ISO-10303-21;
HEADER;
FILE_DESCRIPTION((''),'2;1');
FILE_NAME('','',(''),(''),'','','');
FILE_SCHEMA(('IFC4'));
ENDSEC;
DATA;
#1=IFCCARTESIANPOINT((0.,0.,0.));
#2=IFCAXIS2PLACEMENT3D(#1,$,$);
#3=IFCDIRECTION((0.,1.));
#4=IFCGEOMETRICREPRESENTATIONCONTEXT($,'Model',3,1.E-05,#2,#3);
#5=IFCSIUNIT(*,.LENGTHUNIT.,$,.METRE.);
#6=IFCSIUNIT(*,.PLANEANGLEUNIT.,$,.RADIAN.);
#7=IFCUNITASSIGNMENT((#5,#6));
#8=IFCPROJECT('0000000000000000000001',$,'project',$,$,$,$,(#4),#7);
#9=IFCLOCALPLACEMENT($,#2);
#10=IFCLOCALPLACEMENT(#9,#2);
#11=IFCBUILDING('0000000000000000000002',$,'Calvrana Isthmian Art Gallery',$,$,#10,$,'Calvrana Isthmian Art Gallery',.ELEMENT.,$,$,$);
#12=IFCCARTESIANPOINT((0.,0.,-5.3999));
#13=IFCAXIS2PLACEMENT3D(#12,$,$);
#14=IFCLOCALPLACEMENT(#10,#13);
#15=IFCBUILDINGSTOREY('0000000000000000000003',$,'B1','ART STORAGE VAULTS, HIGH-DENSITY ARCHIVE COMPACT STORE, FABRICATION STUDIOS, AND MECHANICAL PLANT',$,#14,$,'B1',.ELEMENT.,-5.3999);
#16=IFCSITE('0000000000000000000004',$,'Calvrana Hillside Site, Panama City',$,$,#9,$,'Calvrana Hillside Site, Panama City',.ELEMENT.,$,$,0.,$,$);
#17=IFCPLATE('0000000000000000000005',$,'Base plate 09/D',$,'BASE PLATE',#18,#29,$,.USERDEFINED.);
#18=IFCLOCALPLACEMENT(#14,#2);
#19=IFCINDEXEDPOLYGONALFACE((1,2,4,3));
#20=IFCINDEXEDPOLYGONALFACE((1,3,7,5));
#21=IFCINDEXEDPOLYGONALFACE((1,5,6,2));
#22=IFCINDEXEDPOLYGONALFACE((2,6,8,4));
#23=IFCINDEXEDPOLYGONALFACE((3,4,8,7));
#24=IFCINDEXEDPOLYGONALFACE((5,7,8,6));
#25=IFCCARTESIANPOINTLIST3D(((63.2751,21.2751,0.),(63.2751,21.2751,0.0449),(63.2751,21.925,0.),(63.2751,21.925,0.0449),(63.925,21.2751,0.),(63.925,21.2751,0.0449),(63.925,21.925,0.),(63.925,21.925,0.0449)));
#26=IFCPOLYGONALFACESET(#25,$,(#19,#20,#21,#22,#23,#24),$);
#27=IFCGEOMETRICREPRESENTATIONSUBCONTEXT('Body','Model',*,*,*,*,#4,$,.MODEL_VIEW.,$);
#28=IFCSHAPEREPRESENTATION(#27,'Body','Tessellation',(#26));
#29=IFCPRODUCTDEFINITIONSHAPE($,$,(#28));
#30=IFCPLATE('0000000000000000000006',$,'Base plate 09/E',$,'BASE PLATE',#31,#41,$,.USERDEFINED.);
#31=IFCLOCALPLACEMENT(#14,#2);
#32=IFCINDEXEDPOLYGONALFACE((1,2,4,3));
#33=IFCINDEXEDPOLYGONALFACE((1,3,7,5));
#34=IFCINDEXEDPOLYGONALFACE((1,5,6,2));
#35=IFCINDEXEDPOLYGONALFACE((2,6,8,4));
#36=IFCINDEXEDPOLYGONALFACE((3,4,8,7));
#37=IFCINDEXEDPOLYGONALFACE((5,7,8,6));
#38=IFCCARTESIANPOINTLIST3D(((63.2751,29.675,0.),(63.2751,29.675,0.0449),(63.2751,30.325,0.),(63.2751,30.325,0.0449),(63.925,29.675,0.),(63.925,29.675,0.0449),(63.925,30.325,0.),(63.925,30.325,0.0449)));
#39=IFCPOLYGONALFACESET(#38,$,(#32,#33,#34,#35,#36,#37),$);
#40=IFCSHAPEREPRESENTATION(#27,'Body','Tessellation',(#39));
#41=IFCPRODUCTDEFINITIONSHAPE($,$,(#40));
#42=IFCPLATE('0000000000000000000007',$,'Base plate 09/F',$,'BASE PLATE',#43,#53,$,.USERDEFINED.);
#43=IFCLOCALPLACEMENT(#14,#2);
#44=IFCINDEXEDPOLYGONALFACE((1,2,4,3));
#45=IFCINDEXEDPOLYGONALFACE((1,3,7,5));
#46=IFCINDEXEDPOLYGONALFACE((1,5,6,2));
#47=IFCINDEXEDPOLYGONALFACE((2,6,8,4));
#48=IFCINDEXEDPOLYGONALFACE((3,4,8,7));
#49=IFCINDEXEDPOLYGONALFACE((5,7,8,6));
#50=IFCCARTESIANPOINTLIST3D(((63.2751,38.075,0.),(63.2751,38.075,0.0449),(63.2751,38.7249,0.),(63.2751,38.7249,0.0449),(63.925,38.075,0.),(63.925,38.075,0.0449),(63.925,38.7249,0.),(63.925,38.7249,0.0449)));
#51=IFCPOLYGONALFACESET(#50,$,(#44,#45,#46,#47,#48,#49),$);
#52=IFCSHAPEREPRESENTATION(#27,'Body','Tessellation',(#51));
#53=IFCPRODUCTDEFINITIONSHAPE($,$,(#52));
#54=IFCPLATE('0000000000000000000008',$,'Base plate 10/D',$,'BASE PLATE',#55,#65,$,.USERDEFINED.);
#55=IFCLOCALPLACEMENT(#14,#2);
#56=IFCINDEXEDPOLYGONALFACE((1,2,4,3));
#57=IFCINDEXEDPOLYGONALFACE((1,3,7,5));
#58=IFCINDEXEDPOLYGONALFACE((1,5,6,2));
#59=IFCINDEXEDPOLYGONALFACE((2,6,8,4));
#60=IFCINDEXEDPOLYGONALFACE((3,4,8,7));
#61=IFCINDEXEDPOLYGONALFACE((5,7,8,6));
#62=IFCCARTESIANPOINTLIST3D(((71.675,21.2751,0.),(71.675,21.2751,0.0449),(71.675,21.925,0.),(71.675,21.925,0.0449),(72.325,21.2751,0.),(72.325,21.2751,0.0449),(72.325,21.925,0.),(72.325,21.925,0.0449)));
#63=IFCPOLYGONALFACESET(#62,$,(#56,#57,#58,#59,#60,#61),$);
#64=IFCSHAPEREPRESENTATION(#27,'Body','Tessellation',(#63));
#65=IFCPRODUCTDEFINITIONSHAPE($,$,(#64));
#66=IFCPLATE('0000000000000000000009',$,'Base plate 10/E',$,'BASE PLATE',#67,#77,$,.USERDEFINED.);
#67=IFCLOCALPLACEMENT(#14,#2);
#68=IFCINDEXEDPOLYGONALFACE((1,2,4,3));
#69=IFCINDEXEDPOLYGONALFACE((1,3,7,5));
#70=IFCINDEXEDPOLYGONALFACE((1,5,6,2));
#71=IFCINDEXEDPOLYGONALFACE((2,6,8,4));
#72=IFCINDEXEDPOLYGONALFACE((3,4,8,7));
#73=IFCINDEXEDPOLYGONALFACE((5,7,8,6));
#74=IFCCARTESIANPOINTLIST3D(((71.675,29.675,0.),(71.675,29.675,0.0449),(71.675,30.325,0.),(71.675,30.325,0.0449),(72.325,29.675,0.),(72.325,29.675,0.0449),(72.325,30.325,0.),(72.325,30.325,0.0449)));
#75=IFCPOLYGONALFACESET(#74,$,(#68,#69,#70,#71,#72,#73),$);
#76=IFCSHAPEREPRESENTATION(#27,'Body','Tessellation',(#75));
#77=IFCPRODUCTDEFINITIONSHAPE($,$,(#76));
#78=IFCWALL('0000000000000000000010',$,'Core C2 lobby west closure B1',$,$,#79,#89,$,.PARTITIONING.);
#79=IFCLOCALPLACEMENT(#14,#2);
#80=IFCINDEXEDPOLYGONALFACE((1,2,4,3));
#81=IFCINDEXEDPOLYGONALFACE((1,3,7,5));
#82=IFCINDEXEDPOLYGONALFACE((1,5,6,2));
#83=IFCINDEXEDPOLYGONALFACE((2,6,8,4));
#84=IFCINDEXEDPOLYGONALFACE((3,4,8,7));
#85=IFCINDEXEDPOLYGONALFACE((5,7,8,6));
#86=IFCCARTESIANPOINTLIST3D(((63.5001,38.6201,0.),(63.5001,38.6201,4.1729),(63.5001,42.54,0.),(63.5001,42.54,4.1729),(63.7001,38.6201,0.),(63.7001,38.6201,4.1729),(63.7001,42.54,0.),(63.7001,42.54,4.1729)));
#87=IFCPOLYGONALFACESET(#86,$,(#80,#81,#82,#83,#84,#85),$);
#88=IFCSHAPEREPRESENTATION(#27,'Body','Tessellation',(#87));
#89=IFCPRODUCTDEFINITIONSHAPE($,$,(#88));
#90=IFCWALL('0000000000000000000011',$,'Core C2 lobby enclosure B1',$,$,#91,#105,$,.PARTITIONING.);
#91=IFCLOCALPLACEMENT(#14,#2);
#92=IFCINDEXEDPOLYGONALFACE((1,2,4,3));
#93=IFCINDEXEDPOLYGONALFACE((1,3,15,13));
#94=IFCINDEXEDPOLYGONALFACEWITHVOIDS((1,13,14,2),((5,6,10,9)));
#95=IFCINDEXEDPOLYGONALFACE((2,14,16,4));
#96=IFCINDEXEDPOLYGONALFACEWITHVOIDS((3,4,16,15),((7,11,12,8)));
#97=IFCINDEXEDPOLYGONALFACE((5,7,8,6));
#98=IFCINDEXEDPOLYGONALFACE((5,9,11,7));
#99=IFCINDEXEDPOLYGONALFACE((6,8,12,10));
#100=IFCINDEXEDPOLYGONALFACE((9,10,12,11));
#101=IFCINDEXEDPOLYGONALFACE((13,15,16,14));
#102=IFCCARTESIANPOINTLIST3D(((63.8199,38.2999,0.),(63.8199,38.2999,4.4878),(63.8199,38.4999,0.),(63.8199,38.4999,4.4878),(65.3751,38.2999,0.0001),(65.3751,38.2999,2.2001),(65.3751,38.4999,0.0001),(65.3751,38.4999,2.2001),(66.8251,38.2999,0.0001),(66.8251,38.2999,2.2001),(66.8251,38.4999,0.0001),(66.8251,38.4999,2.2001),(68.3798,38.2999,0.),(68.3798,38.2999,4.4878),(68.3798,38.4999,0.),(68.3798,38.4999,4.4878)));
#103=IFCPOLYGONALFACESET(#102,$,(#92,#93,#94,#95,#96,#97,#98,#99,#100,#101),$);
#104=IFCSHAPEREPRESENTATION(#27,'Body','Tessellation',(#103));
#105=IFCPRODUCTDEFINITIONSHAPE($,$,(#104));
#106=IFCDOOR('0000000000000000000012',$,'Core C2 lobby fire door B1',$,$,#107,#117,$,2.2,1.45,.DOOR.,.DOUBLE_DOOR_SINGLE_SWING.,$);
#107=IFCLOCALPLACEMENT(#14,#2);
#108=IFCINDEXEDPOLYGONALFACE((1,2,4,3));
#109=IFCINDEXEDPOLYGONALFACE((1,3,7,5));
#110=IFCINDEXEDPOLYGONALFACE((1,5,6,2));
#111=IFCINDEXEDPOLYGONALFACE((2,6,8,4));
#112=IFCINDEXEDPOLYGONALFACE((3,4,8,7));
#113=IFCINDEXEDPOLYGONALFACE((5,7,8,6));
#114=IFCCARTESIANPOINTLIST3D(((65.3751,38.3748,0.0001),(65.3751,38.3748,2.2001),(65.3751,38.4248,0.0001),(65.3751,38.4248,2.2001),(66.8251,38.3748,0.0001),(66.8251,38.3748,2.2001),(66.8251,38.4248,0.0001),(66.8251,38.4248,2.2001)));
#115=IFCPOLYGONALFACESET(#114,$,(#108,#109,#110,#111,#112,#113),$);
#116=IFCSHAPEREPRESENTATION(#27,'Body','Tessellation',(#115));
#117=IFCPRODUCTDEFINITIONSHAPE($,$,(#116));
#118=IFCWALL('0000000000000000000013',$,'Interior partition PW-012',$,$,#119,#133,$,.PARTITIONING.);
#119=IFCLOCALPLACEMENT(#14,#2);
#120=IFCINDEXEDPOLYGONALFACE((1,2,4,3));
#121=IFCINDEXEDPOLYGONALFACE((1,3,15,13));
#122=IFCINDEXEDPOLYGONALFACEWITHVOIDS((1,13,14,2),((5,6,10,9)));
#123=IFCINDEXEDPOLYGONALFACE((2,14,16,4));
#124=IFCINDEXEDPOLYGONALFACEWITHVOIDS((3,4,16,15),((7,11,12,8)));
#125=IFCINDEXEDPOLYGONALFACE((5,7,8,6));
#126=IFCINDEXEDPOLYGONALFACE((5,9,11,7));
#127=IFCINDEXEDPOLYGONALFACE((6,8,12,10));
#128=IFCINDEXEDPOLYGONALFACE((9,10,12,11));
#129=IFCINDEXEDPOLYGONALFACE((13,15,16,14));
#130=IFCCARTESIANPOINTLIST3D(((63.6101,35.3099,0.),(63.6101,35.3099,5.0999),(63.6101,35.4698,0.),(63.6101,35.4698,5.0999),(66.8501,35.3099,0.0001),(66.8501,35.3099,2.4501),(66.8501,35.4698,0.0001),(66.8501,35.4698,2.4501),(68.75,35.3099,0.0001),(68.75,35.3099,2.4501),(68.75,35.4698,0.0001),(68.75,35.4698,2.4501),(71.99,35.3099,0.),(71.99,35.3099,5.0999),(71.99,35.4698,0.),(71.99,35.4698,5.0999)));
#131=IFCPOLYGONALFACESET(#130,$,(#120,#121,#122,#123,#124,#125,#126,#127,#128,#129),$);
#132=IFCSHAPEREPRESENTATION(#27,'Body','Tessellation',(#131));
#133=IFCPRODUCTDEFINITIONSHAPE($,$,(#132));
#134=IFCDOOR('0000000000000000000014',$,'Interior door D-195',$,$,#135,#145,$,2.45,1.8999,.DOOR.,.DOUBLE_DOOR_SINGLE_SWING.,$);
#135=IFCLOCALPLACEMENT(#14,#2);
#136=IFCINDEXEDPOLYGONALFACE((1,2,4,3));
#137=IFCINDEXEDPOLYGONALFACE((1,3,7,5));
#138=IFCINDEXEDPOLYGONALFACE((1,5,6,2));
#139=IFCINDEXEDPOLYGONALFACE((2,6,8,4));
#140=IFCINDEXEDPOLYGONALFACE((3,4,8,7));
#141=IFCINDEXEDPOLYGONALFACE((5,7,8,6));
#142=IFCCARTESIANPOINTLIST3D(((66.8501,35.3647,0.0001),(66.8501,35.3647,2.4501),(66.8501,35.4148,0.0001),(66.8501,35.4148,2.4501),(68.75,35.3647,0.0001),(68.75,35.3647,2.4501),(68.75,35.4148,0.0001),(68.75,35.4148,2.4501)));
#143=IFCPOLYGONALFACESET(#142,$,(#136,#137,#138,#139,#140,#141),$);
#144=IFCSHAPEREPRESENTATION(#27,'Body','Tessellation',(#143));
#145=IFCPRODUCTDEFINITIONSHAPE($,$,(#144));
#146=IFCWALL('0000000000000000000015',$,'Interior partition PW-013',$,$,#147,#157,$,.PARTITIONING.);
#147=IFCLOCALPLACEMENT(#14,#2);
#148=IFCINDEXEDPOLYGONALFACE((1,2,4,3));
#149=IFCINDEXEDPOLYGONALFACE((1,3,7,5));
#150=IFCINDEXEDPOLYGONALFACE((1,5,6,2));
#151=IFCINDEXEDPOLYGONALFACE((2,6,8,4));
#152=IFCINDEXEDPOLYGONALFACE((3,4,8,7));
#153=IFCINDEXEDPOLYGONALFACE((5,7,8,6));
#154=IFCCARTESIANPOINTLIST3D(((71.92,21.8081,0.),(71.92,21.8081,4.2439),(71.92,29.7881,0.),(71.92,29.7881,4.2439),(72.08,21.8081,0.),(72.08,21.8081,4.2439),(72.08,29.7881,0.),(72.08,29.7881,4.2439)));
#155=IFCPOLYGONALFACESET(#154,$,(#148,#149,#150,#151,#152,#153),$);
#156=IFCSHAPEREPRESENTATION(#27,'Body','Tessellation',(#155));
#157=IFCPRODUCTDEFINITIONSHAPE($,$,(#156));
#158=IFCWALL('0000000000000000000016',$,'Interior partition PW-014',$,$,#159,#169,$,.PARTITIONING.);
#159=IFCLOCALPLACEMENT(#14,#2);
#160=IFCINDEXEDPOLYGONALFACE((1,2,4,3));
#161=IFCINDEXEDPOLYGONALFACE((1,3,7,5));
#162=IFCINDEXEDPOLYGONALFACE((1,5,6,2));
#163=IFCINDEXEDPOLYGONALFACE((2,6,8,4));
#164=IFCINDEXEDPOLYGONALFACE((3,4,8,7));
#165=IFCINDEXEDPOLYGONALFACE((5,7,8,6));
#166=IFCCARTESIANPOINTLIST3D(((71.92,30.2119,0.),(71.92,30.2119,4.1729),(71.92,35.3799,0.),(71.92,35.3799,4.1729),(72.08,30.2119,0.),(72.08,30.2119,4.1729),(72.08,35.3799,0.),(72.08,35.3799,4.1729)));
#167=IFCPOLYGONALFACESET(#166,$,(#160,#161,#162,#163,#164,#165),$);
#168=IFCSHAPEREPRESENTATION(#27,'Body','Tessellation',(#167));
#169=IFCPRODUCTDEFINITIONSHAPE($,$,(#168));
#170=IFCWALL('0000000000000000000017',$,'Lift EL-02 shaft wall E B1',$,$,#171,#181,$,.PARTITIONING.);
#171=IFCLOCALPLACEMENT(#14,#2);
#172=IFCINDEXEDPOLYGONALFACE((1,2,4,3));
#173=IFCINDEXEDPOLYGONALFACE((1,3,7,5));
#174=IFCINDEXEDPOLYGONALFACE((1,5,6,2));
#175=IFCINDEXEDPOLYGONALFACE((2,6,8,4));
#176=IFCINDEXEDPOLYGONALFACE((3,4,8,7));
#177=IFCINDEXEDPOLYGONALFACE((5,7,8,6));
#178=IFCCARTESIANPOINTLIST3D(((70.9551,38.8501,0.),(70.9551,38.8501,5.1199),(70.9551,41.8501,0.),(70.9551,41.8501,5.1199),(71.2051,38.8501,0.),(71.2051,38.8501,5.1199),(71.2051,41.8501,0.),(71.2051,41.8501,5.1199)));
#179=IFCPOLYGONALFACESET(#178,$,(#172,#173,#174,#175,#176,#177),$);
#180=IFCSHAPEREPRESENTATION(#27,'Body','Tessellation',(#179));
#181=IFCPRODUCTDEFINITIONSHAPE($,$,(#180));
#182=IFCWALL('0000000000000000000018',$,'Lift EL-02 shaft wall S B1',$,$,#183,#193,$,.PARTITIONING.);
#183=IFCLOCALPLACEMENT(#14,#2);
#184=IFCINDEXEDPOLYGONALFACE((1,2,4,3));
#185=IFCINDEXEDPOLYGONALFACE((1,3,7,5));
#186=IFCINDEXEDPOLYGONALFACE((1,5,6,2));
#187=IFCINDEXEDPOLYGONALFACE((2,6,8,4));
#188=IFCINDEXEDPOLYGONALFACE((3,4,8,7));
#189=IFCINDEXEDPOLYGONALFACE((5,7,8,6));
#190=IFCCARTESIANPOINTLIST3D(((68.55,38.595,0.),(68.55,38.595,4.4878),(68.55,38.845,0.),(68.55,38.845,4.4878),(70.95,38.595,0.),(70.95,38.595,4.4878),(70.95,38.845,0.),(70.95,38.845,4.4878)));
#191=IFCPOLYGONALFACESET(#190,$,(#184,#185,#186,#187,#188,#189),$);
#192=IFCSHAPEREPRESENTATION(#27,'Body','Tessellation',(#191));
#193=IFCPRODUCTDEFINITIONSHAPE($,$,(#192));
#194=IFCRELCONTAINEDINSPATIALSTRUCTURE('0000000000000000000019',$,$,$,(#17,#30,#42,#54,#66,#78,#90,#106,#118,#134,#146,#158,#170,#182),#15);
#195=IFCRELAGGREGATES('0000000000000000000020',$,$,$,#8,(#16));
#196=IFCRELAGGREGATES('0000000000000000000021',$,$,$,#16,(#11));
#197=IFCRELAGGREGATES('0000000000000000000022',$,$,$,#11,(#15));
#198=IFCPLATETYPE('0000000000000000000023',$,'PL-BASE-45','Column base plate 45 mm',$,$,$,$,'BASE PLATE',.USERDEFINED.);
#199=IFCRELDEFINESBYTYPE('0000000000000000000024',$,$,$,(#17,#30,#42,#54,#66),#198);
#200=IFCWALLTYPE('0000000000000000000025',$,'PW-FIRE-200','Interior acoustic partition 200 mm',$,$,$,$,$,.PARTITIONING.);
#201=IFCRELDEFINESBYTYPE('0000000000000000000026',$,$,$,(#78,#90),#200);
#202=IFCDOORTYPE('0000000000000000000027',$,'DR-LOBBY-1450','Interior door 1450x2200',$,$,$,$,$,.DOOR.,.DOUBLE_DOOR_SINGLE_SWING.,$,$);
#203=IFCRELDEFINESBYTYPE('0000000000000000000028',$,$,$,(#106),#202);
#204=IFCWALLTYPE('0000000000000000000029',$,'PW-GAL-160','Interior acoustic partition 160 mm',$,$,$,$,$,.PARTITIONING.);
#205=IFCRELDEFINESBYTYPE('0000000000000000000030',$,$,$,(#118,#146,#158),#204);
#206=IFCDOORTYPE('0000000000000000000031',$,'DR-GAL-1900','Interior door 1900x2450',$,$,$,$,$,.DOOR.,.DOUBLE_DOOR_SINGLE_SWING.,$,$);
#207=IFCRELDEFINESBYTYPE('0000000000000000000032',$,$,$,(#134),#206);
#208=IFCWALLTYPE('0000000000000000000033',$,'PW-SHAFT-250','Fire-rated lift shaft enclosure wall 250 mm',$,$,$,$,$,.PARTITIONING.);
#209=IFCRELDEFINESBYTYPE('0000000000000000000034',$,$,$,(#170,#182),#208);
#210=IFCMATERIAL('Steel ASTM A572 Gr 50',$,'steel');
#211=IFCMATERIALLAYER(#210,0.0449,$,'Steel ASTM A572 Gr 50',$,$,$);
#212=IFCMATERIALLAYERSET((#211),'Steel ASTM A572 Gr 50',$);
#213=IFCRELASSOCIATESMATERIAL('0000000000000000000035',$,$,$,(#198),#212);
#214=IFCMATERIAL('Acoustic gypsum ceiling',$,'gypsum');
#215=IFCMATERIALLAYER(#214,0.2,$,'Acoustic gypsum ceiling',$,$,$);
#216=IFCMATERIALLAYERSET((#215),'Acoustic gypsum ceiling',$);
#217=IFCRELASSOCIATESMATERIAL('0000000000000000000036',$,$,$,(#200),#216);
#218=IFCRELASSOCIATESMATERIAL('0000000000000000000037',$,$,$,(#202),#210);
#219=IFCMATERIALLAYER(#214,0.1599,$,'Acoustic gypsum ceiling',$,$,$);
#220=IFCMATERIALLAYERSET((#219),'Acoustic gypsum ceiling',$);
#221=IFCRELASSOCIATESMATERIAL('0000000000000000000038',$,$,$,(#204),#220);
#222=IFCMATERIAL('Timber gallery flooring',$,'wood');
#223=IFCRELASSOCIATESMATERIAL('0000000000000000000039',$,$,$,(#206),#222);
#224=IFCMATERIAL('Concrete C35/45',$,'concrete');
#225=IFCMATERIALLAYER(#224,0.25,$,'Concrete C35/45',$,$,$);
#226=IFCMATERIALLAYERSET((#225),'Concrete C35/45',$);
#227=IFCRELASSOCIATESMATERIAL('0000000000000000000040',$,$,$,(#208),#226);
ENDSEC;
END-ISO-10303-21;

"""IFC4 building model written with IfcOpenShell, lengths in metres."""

from ifc_helpers import new_model, si_unit, direction, frame, frame_2d, origin, origin_2d, place, context, subcontext, project, spatial, rectangle, extrude, material, layer, layer_set, type_object, element, fill, save


model = new_model("IFC4")

# Units and contexts
model_context = context("Model", 3, precision=1e-05, world=origin(), true_north=direction((0.0, 1.0)))
body_context = subcontext(model_context, "Body", "Model", "MODEL_VIEW")
ifc_project = project(units=[si_unit("LENGTHUNIT", "METRE"), si_unit("PLANEANGLEUNIT", "RADIAN")], contexts=[model_context])

# Site, building, storey
site_placement = place(None, origin())
site = spatial("IfcSite", under=ifc_project, at=site_placement, Name="Calvrana Hillside Site, Panama City", LongName="Calvrana Hillside Site, Panama City", CompositionType="ELEMENT", RefElevation=0.0)
building_placement = place(site_placement, origin())
building = spatial("IfcBuilding", under=site, at=building_placement, Name="Calvrana Isthmian Art Gallery", LongName="Calvrana Isthmian Art Gallery", CompositionType="ELEMENT")
storey_placement = place(building_placement, frame((0.0, 0.0, -5.3999)))
storey = spatial("IfcBuildingStorey", under=building, at=storey_placement, Name="B1", Description="ART STORAGE VAULTS, HIGH-DENSITY ARCHIVE COMPACT STORE, FABRICATION STUDIOS, AND MECHANICAL PLANT", LongName="B1", CompositionType="ELEMENT", Elevation=-5.3999)

# Shared definitions
ifc_material_1 = material(Name="Concrete C35/45", Category="concrete")

# Plates
ifc_material_2 = material(Name="Steel ASTM A572 Gr 50", Category="steel")
ifc_layer_1 = layer(ifc_material_2, 0.0449, Name="Steel ASTM A572 Gr 50")
ifc_layer_set_1 = layer_set([ifc_layer_1], Name="Steel ASTM A572 Gr 50")
plate_type = type_object("IfcPlateType", Name="PL-BASE-45", Description="Column base plate 45 mm", ElementType="BASE PLATE", PredefinedType="USERDEFINED", material=ifc_layer_set_1)
for number, where, z_axis, x_axis, name in (
    (1, (63.6001, 21.6001, 0.0), (0.0, 0.0, 1.0), (1.0, 0.0, 0.0), "Base plate 09/D"),
    (2, (63.6001, 30.0, 0.0), (0.0, 0.0, 1.0), (1.0, 0.0, 0.0), "Base plate 09/E"),
    (3, (63.6001, 38.3999, 0.0), (0.0, 0.0, 1.0), (1.0, 0.0, 0.0), "Base plate 09/F"),
    (4, (72.0, 21.6001, 0.0), (0.0, 0.0, 1.0), (1.0, 0.0, 0.0), "Base plate 10/D"),
    (5, (72.0, 30.0, 0.0), (0.0, 0.0, 1.0), (1.0, 0.0, 0.0), "Base plate 10/E"),
):
    element("IfcPlate", number, at=place(storey_placement, frame(where, z_axis=z_axis, x_axis=x_axis)), inside=storey, type_object=plate_type, Name=name, ObjectType="BASE PLATE", PredefinedType="USERDEFINED", context=body_context, shape_type="SweptSolid", body=[
        extrude(rectangle(XDim=0.6499, YDim=0.6499, at=origin_2d()), origin(), (0.0, 0.0, 1.0), 0.0449),
    ])

# Wall
ifc_material_3 = material(Name="Acoustic gypsum ceiling", Category="gypsum")
ifc_layer_2 = layer(ifc_material_3, 0.2, Name="Acoustic gypsum ceiling")
ifc_layer_set_2 = layer_set([ifc_layer_2], Name="Acoustic gypsum ceiling")
wall_type_1 = type_object("IfcWallType", Name="PW-FIRE-200", Description="Interior acoustic partition 200 mm", PredefinedType="PARTITIONING", material=ifc_layer_set_2)
wall_1_placement = place(storey_placement, frame((63.6001, 38.6201, 0.0), z_axis=(0.0, 0.0, 1.0), x_axis=(0.0, 1.0, 0.0)))
element("IfcWall", 6, at=wall_1_placement, inside=storey, type_object=wall_type_1, Name="Core C2 lobby west closure B1", PredefinedType="PARTITIONING", context=body_context, shape_type="SweptSolid", body=[
    extrude(rectangle(XDim=3.9199, YDim=0.2, at=frame_2d((1.96, 0.0))), origin(), (0.0, 0.0, 1.0), 4.1729),
])

# Walls, openings, doors
wall_2_placement = place(storey_placement, frame((63.8201, 38.3999, 0.0), z_axis=(0.0, 0.0, 1.0), x_axis=(1.0, 0.0, 0.0)))
wall_2 = element("IfcWall", 7, at=wall_2_placement, inside=storey, type_object=wall_type_1, Name="Core C2 lobby enclosure B1", PredefinedType="PARTITIONING", context=body_context, shape_type="SweptSolid", body=[
    extrude(rectangle(XDim=4.5598, YDim=0.2, at=frame_2d((2.2798, 0.0))), origin(), (0.0, 0.0, 1.0), 4.4878),
])
opening_1_placement = place(wall_2_placement, frame((1.5549, 0.0, 0.0)))
opening_1 = element("IfcOpeningElement", 8, at=opening_1_placement, cuts=wall_2, PredefinedType="OPENING", context=body_context, shape_type="SweptSolid", body=[
    extrude(rectangle(XDim=1.45, YDim=2.2, at=frame_2d((0.7251, 1.1001))), frame((0.0, 0.1104, 0.0), z_axis=(0.0, -1.0, 0.0), x_axis=(1.0, 0.0, 0.0)), (0.0, 0.0, 1.0), 0.2205),
])
door_type_1 = type_object("IfcDoorType", Name="DR-LOBBY-1450", Description="Interior door 1450x2200", OperationType="DOUBLE_DOOR_SINGLE_SWING", PredefinedType="DOOR", material=ifc_material_2)
door_1_placement = place(opening_1_placement, origin())
door_1 = element("IfcDoor", 9, at=door_1_placement, inside=storey, type_object=door_type_1, Name="Core C2 lobby fire door B1", OperationType="DOUBLE_DOOR_SINGLE_SWING", OverallHeight=2.2, OverallWidth=1.45, PredefinedType="DOOR", context=body_context, shape_type="SweptSolid", body=[
    extrude(rectangle(XDim=1.45, YDim=2.2, at=frame_2d((0.7251, 1.1001))), frame((0.0, 0.0249, 0.0), z_axis=(0.0, -1.0, 0.0), x_axis=(1.0, 0.0, 0.0)), (0.0, 0.0, 1.0), 0.05),
])
fill(opening_1, door_1)
ifc_layer_3 = layer(ifc_material_3, 0.1599, Name="Acoustic gypsum ceiling")
ifc_layer_set_3 = layer_set([ifc_layer_3], Name="Acoustic gypsum ceiling")
wall_type_2 = type_object("IfcWallType", Name="PW-GAL-160", Description="Interior acoustic partition 160 mm", PredefinedType="PARTITIONING", material=ifc_layer_set_3)
wall_3_placement = place(storey_placement, frame((63.6101, 35.3899, 0.0), z_axis=(0.0, 0.0, 1.0), x_axis=(1.0, 0.0, 0.0)))
wall_3 = element("IfcWall", 10, at=wall_3_placement, inside=storey, type_object=wall_type_2, Name="Interior partition PW-012", PredefinedType="PARTITIONING", context=body_context, shape_type="SweptSolid", body=[
    extrude(rectangle(XDim=8.3799, YDim=0.1599, at=frame_2d((4.1899, 0.0))), origin(), (0.0, 0.0, 1.0), 5.0999),
])
opening_2_placement = place(wall_3_placement, frame((3.24, 0.0, 0.0)))
opening_2 = element("IfcOpeningElement", 11, at=opening_2_placement, cuts=wall_3, PredefinedType="OPENING", context=body_context, shape_type="SweptSolid", body=[
    extrude(rectangle(XDim=1.8999, YDim=2.45, at=frame_2d((0.95, 1.2251))), frame((0.0, 0.0903, 0.0), z_axis=(0.0, -1.0, 0.0), x_axis=(1.0, 0.0, 0.0)), (0.0, 0.0, 1.0), 0.1804),
])
ifc_material_4 = material(Name="Timber gallery flooring", Category="wood")
door_type_2 = type_object("IfcDoorType", Name="DR-GAL-1900", Description="Interior door 1900x2450", OperationType="DOUBLE_DOOR_SINGLE_SWING", PredefinedType="DOOR", material=ifc_material_4)
door_2_placement = place(opening_2_placement, origin())
door_2 = element("IfcDoor", 12, at=door_2_placement, inside=storey, type_object=door_type_2, Name="Interior door D-195", OperationType="DOUBLE_DOOR_SINGLE_SWING", OverallHeight=2.45, OverallWidth=1.8999, PredefinedType="DOOR", context=body_context, shape_type="SweptSolid", body=[
    extrude(rectangle(XDim=1.8999, YDim=2.45, at=frame_2d((0.95, 1.2251))), frame((0.0, 0.0249, 0.0), z_axis=(0.0, -1.0, 0.0), x_axis=(1.0, 0.0, 0.0)), (0.0, 0.0, 1.0), 0.05),
])
fill(opening_2, door_2)

# Walls
wall_4_placement = place(storey_placement, frame((72.0, 21.8081, 0.0), z_axis=(0.0, 0.0, 1.0), x_axis=(0.0, 1.0, 0.0)))
element("IfcWall", 13, at=wall_4_placement, inside=storey, type_object=wall_type_2, Name="Interior partition PW-013", PredefinedType="PARTITIONING", context=body_context, shape_type="SweptSolid", body=[
    extrude(rectangle(XDim=7.98, YDim=0.1599, at=frame_2d((3.99, 0.0))), origin(), (0.0, 0.0, 1.0), 4.2439),
])
wall_5_placement = place(storey_placement, frame((72.0, 30.2119, 0.0), z_axis=(0.0, 0.0, 1.0), x_axis=(0.0, 1.0, 0.0)))
element("IfcWall", 14, at=wall_5_placement, inside=storey, type_object=wall_type_2, Name="Interior partition PW-014", PredefinedType="PARTITIONING", context=body_context, shape_type="SweptSolid", body=[
    extrude(rectangle(XDim=5.168, YDim=0.1599, at=frame_2d((2.584, 0.0))), origin(), (0.0, 0.0, 1.0), 4.1729),
])
ifc_layer_4 = layer(ifc_material_1, 0.25, Name="Concrete C35/45")
ifc_layer_set_4 = layer_set([ifc_layer_4], Name="Concrete C35/45")
wall_type_3 = type_object("IfcWallType", Name="PW-SHAFT-250", Description="Fire-rated lift shaft enclosure wall 250 mm", PredefinedType="PARTITIONING", material=ifc_layer_set_4)
wall_6_placement = place(storey_placement, frame((71.0801, 38.8501, 0.0), z_axis=(0.0, 0.0, 1.0), x_axis=(0.0, 1.0, 0.0)))
element("IfcWall", 15, at=wall_6_placement, inside=storey, type_object=wall_type_3, Name="Lift EL-02 shaft wall E B1", PredefinedType="PARTITIONING", context=body_context, shape_type="SweptSolid", body=[
    extrude(rectangle(XDim=3.0, YDim=0.25, at=frame_2d((1.5, 0.0))), origin(), (0.0, 0.0, 1.0), 5.1199),
])
wall_7_placement = place(storey_placement, frame((68.55, 38.72, 0.0), z_axis=(0.0, 0.0, 1.0), x_axis=(1.0, 0.0, 0.0)))
element("IfcWall", 16, at=wall_7_placement, inside=storey, type_object=wall_type_3, Name="Lift EL-02 shaft wall S B1", PredefinedType="PARTITIONING", context=body_context, shape_type="SweptSolid", body=[
    extrude(rectangle(XDim=2.3999, YDim=0.25, at=frame_2d((1.2, 0.0))), origin(), (0.0, 0.0, 1.0), 4.4878),
])

save(model, "model.ifc")
